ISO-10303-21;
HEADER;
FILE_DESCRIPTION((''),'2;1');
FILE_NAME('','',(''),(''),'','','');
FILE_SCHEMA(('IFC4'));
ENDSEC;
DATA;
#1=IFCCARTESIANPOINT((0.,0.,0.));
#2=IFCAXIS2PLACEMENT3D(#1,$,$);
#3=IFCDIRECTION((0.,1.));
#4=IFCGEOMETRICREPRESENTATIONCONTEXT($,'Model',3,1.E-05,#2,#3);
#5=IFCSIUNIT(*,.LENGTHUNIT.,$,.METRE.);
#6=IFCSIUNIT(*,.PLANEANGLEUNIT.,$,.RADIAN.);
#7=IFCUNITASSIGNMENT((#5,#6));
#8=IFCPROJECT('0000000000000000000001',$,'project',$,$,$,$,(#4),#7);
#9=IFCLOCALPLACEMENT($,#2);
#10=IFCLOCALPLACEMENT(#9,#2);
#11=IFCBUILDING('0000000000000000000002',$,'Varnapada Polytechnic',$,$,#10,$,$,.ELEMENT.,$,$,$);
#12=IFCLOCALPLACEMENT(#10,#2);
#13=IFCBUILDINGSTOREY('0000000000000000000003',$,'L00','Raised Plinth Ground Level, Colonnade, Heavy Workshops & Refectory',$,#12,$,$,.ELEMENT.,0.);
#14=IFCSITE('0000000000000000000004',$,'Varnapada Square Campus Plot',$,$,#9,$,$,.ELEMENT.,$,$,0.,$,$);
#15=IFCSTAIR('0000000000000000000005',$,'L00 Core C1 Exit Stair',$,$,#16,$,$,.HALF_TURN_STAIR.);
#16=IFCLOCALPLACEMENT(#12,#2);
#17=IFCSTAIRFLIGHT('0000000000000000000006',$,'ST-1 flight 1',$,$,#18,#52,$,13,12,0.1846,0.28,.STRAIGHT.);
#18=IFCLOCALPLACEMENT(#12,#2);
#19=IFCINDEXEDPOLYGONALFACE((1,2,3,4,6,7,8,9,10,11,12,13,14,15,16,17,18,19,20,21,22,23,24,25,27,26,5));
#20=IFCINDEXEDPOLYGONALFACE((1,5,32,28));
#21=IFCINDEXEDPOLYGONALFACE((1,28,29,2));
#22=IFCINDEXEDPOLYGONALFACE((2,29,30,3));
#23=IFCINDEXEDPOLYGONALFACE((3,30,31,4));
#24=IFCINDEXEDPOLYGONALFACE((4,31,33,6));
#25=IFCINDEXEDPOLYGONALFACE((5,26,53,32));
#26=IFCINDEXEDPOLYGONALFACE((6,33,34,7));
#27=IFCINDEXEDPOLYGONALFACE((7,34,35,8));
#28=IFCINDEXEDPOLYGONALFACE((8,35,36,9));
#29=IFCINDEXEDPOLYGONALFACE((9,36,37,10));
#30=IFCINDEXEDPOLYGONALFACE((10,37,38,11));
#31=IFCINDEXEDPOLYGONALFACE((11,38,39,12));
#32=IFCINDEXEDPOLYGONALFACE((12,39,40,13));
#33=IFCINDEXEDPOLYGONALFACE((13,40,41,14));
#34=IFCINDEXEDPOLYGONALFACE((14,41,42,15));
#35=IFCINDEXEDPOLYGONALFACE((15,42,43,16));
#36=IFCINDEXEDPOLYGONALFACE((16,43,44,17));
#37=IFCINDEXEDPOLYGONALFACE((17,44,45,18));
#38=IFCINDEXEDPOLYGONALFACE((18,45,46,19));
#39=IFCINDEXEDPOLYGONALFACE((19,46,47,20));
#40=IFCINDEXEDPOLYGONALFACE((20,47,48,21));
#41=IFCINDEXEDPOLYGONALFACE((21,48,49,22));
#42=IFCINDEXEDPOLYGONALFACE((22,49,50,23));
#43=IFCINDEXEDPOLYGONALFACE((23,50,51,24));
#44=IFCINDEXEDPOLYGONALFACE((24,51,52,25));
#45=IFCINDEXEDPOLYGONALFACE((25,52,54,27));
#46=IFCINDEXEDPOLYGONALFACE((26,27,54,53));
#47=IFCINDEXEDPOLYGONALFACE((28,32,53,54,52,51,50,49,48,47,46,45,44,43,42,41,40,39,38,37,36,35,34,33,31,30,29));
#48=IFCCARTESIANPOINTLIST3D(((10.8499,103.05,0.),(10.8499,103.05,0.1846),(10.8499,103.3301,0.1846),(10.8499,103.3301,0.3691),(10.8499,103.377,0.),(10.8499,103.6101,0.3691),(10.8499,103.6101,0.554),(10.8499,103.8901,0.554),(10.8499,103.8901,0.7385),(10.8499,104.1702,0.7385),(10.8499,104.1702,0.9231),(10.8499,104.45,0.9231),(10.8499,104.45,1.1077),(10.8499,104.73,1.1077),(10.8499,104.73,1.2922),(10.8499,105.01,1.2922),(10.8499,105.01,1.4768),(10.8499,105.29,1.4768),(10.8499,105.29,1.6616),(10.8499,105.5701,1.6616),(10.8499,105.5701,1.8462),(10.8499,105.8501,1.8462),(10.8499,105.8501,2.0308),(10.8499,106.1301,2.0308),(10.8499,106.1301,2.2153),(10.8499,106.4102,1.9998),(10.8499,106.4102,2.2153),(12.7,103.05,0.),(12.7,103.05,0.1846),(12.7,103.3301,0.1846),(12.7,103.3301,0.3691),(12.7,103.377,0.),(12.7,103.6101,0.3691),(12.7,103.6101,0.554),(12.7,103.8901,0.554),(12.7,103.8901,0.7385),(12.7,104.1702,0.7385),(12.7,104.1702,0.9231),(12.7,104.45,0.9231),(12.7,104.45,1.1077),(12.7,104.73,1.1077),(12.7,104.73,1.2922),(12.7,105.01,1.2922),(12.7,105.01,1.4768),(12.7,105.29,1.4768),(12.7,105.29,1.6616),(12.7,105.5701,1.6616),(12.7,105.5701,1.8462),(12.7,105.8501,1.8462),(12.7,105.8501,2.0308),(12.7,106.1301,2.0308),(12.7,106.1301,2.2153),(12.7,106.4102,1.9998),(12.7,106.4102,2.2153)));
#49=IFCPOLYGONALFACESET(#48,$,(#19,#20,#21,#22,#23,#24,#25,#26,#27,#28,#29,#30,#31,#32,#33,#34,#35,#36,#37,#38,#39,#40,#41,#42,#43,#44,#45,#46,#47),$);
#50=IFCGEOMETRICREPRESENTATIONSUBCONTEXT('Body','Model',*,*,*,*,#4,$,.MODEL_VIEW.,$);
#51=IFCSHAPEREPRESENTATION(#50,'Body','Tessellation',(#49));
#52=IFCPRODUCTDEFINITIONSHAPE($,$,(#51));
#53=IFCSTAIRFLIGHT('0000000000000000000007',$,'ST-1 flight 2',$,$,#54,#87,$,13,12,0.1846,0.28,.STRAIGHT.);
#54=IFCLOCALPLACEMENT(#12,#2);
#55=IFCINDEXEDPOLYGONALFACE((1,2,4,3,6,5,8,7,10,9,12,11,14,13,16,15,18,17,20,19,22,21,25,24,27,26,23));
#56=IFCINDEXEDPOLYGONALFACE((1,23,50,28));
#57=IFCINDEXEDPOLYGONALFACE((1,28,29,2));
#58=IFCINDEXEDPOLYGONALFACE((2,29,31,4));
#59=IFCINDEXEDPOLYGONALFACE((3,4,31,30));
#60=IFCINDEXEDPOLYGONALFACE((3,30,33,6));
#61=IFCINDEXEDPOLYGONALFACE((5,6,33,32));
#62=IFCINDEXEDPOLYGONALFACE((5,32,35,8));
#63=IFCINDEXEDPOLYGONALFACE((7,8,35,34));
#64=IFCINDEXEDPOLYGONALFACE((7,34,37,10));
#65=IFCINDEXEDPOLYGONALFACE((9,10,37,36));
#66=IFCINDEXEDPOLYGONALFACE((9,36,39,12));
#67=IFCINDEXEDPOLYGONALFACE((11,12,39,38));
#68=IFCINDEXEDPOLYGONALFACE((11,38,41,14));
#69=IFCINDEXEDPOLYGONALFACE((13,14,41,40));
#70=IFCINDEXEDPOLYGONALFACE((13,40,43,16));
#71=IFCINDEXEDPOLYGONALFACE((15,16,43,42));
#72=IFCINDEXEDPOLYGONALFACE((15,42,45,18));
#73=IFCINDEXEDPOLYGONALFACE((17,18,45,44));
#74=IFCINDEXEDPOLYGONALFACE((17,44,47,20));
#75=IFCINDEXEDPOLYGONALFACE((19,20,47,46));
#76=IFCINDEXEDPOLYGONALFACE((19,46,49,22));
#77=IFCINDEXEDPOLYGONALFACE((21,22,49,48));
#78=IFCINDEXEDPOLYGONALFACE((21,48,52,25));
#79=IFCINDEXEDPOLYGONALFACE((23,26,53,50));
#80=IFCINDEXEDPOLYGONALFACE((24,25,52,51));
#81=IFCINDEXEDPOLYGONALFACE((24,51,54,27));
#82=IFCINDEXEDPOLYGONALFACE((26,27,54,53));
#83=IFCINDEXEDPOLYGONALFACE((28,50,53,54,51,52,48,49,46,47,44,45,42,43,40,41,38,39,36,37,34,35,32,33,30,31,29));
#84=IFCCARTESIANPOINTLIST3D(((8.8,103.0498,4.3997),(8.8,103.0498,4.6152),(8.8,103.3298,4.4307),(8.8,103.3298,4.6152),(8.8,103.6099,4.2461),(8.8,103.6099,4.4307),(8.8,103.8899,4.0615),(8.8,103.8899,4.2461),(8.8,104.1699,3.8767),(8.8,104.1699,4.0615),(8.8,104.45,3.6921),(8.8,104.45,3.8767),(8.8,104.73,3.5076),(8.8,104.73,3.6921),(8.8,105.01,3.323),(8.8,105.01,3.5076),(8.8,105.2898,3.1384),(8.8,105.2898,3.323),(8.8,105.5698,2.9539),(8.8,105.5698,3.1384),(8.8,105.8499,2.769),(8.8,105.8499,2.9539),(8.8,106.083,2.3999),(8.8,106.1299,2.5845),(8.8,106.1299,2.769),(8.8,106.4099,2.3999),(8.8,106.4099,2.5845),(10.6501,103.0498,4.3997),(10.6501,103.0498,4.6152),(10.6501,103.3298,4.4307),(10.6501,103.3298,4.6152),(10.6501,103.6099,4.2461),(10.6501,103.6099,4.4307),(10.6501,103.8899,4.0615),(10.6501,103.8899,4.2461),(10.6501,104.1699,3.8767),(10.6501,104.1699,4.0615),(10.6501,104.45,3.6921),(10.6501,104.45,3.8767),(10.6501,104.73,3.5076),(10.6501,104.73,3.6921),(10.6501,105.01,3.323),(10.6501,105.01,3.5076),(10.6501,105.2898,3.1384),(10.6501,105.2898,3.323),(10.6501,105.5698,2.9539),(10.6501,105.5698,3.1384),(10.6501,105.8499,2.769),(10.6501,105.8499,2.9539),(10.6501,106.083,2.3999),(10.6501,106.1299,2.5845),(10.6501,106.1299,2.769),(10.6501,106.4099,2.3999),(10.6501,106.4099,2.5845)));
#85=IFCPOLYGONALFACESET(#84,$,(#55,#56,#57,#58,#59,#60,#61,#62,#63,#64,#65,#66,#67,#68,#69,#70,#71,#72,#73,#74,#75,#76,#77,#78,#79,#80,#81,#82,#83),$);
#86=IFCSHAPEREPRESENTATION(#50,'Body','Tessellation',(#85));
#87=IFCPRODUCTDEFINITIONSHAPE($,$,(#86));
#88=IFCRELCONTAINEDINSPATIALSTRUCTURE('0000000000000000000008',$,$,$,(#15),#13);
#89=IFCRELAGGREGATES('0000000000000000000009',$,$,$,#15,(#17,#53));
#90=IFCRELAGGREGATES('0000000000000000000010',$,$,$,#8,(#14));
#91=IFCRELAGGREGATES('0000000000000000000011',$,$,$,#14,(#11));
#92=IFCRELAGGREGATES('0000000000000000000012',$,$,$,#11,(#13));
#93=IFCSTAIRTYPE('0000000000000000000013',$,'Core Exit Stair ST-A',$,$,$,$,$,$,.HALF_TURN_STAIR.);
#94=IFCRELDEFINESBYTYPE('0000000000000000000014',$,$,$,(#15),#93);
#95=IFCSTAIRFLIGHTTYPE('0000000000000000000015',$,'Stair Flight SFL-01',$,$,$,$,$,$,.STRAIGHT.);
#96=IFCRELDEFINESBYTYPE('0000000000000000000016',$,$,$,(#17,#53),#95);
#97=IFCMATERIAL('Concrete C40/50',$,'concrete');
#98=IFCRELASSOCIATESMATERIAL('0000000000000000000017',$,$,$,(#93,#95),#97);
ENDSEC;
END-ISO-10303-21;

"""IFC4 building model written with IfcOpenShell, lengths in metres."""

from ifc_helpers import new_model, si_unit, direction, frame, origin, place, context, subcontext, project, spatial, polyline, outline, extrude, material, type_object, element, aggregate, save


model = new_model("IFC4")

# Units and contexts
model_context = context("Model", 3, precision=1e-05, world=origin(), true_north=direction((0.0, 1.0)))
body_context = subcontext(model_context, "Body", "Model", "MODEL_VIEW")
ifc_project = project(units=[si_unit("LENGTHUNIT", "METRE"), si_unit("PLANEANGLEUNIT", "RADIAN")], contexts=[model_context])

# Site, building, storey
site_placement = place(None, origin())
site = spatial("IfcSite", under=ifc_project, at=site_placement, Name="Varnapada Square Campus Plot", CompositionType="ELEMENT", RefElevation=0.0)
building_placement = place(site_placement, origin())
building = spatial("IfcBuilding", under=site, at=building_placement, Name="Varnapada Polytechnic", CompositionType="ELEMENT")
storey_placement = place(building_placement, origin())
storey = spatial("IfcBuildingStorey", under=building, at=storey_placement, Name="L00", Description="Raised Plinth Ground Level, Colonnade, Heavy Workshops & Refectory", CompositionType="ELEMENT", Elevation=0.0)

# Shared definitions
ifc_material_1 = material(Name="Concrete C40/50", Category="concrete")

# Stair, stair flights
stair_type = type_object("IfcStairType", Name="Core Exit Stair ST-A", PredefinedType="HALF_TURN_STAIR", material=ifc_material_1)
stair_placement = place(storey_placement, origin())
stair = element("IfcStair", 1, at=stair_placement, inside=storey, type_object=stair_type, Name="L00 Core C1 Exit Stair", PredefinedType="HALF_TURN_STAIR")
stair_flight_type = type_object("IfcStairFlightType", Name="Stair Flight SFL-01", PredefinedType="STRAIGHT", material=ifc_material_1)
stair_flight_1_placement = place(storey_placement, frame((11.7749, 103.05, 0.0), z_axis=(0.0, 0.0, 1.0), x_axis=(0.0, 1.0, 0.0)))
stair_flight_1 = element("IfcStairFlight", 2, at=stair_flight_1_placement, type_object=stair_flight_type, Name="ST-1 flight 1", NumberOfRisers=13, NumberOfTreads=12, PredefinedType="STRAIGHT", RiserHeight=0.1846, TreadLength=0.28, context=body_context, shape_type="SweptSolid", body=[
    extrude(outline(polyline([(0.0, 0.0), (0.0, 0.1846), (0.28, 0.1846), (0.28, 0.3691), (0.5601, 0.3691), (0.5601, 0.554), (0.8401, 0.554), (0.8401, 0.7385), (1.1201, 0.7385), (1.1201, 0.9231), (1.3999, 0.9231), (1.3999, 1.1077), (1.6799, 1.1077), (1.6799, 1.2922), (1.96, 1.2922), (1.96, 1.4768), (2.24, 1.4768), (2.24, 1.6616), (2.52, 1.6616), (2.52, 1.8462), (2.8, 1.8462), (2.8, 2.0308), (3.0801, 2.0308), (3.0801, 2.2153), (3.3601, 2.2153), (3.3601, 2.3999), (3.3601, 1.9998), (0.3269, 0.0), (0.0, 0.0)])), frame((0.0, 0.925, 0.0), z_axis=(0.0, -1.0, 0.0), x_axis=(1.0, 0.0, 0.0)), (0.0, 0.0, 1.0), 1.8501),
])
stair_flight_2_placement = place(storey_placement, frame((9.7251, 106.4099, 2.3999), z_axis=(0.0, 0.0, 1.0), x_axis=(0.0, -1.0, 0.0)))
stair_flight_2 = element("IfcStairFlight", 3, at=stair_flight_2_placement, type_object=stair_flight_type, Name="ST-1 flight 2", NumberOfRisers=13, NumberOfTreads=12, PredefinedType="STRAIGHT", RiserHeight=0.1846, TreadLength=0.28, context=body_context, shape_type="SweptSolid", body=[
    extrude(outline(polyline([(0.0, 0.0), (0.0, 0.1846), (0.28, 0.1846), (0.28, 0.3691), (0.5601, 0.3691), (0.5601, 0.554), (0.8401, 0.554), (0.8401, 0.7385), (1.1201, 0.7385), (1.1201, 0.9231), (1.3999, 0.9231), (1.3999, 1.1077), (1.6799, 1.1077), (1.6799, 1.2922), (1.96, 1.2922), (1.96, 1.4768), (2.24, 1.4768), (2.24, 1.6616), (2.52, 1.6616), (2.52, 1.8462), (2.8, 1.8462), (2.8, 2.0308), (3.0801, 2.0308), (3.0801, 2.2153), (3.3601, 2.2153), (3.3601, 2.3999), (3.3601, 1.9998), (0.3269, 0.0), (0.0, 0.0)])), frame((0.0, 0.925, 0.0), z_axis=(0.0, -1.0, 0.0), x_axis=(1.0, 0.0, 0.0)), (0.0, 0.0, 1.0), 1.8501),
])
aggregate(stair, [stair_flight_1, stair_flight_2])

save(model, "model.ifc")
